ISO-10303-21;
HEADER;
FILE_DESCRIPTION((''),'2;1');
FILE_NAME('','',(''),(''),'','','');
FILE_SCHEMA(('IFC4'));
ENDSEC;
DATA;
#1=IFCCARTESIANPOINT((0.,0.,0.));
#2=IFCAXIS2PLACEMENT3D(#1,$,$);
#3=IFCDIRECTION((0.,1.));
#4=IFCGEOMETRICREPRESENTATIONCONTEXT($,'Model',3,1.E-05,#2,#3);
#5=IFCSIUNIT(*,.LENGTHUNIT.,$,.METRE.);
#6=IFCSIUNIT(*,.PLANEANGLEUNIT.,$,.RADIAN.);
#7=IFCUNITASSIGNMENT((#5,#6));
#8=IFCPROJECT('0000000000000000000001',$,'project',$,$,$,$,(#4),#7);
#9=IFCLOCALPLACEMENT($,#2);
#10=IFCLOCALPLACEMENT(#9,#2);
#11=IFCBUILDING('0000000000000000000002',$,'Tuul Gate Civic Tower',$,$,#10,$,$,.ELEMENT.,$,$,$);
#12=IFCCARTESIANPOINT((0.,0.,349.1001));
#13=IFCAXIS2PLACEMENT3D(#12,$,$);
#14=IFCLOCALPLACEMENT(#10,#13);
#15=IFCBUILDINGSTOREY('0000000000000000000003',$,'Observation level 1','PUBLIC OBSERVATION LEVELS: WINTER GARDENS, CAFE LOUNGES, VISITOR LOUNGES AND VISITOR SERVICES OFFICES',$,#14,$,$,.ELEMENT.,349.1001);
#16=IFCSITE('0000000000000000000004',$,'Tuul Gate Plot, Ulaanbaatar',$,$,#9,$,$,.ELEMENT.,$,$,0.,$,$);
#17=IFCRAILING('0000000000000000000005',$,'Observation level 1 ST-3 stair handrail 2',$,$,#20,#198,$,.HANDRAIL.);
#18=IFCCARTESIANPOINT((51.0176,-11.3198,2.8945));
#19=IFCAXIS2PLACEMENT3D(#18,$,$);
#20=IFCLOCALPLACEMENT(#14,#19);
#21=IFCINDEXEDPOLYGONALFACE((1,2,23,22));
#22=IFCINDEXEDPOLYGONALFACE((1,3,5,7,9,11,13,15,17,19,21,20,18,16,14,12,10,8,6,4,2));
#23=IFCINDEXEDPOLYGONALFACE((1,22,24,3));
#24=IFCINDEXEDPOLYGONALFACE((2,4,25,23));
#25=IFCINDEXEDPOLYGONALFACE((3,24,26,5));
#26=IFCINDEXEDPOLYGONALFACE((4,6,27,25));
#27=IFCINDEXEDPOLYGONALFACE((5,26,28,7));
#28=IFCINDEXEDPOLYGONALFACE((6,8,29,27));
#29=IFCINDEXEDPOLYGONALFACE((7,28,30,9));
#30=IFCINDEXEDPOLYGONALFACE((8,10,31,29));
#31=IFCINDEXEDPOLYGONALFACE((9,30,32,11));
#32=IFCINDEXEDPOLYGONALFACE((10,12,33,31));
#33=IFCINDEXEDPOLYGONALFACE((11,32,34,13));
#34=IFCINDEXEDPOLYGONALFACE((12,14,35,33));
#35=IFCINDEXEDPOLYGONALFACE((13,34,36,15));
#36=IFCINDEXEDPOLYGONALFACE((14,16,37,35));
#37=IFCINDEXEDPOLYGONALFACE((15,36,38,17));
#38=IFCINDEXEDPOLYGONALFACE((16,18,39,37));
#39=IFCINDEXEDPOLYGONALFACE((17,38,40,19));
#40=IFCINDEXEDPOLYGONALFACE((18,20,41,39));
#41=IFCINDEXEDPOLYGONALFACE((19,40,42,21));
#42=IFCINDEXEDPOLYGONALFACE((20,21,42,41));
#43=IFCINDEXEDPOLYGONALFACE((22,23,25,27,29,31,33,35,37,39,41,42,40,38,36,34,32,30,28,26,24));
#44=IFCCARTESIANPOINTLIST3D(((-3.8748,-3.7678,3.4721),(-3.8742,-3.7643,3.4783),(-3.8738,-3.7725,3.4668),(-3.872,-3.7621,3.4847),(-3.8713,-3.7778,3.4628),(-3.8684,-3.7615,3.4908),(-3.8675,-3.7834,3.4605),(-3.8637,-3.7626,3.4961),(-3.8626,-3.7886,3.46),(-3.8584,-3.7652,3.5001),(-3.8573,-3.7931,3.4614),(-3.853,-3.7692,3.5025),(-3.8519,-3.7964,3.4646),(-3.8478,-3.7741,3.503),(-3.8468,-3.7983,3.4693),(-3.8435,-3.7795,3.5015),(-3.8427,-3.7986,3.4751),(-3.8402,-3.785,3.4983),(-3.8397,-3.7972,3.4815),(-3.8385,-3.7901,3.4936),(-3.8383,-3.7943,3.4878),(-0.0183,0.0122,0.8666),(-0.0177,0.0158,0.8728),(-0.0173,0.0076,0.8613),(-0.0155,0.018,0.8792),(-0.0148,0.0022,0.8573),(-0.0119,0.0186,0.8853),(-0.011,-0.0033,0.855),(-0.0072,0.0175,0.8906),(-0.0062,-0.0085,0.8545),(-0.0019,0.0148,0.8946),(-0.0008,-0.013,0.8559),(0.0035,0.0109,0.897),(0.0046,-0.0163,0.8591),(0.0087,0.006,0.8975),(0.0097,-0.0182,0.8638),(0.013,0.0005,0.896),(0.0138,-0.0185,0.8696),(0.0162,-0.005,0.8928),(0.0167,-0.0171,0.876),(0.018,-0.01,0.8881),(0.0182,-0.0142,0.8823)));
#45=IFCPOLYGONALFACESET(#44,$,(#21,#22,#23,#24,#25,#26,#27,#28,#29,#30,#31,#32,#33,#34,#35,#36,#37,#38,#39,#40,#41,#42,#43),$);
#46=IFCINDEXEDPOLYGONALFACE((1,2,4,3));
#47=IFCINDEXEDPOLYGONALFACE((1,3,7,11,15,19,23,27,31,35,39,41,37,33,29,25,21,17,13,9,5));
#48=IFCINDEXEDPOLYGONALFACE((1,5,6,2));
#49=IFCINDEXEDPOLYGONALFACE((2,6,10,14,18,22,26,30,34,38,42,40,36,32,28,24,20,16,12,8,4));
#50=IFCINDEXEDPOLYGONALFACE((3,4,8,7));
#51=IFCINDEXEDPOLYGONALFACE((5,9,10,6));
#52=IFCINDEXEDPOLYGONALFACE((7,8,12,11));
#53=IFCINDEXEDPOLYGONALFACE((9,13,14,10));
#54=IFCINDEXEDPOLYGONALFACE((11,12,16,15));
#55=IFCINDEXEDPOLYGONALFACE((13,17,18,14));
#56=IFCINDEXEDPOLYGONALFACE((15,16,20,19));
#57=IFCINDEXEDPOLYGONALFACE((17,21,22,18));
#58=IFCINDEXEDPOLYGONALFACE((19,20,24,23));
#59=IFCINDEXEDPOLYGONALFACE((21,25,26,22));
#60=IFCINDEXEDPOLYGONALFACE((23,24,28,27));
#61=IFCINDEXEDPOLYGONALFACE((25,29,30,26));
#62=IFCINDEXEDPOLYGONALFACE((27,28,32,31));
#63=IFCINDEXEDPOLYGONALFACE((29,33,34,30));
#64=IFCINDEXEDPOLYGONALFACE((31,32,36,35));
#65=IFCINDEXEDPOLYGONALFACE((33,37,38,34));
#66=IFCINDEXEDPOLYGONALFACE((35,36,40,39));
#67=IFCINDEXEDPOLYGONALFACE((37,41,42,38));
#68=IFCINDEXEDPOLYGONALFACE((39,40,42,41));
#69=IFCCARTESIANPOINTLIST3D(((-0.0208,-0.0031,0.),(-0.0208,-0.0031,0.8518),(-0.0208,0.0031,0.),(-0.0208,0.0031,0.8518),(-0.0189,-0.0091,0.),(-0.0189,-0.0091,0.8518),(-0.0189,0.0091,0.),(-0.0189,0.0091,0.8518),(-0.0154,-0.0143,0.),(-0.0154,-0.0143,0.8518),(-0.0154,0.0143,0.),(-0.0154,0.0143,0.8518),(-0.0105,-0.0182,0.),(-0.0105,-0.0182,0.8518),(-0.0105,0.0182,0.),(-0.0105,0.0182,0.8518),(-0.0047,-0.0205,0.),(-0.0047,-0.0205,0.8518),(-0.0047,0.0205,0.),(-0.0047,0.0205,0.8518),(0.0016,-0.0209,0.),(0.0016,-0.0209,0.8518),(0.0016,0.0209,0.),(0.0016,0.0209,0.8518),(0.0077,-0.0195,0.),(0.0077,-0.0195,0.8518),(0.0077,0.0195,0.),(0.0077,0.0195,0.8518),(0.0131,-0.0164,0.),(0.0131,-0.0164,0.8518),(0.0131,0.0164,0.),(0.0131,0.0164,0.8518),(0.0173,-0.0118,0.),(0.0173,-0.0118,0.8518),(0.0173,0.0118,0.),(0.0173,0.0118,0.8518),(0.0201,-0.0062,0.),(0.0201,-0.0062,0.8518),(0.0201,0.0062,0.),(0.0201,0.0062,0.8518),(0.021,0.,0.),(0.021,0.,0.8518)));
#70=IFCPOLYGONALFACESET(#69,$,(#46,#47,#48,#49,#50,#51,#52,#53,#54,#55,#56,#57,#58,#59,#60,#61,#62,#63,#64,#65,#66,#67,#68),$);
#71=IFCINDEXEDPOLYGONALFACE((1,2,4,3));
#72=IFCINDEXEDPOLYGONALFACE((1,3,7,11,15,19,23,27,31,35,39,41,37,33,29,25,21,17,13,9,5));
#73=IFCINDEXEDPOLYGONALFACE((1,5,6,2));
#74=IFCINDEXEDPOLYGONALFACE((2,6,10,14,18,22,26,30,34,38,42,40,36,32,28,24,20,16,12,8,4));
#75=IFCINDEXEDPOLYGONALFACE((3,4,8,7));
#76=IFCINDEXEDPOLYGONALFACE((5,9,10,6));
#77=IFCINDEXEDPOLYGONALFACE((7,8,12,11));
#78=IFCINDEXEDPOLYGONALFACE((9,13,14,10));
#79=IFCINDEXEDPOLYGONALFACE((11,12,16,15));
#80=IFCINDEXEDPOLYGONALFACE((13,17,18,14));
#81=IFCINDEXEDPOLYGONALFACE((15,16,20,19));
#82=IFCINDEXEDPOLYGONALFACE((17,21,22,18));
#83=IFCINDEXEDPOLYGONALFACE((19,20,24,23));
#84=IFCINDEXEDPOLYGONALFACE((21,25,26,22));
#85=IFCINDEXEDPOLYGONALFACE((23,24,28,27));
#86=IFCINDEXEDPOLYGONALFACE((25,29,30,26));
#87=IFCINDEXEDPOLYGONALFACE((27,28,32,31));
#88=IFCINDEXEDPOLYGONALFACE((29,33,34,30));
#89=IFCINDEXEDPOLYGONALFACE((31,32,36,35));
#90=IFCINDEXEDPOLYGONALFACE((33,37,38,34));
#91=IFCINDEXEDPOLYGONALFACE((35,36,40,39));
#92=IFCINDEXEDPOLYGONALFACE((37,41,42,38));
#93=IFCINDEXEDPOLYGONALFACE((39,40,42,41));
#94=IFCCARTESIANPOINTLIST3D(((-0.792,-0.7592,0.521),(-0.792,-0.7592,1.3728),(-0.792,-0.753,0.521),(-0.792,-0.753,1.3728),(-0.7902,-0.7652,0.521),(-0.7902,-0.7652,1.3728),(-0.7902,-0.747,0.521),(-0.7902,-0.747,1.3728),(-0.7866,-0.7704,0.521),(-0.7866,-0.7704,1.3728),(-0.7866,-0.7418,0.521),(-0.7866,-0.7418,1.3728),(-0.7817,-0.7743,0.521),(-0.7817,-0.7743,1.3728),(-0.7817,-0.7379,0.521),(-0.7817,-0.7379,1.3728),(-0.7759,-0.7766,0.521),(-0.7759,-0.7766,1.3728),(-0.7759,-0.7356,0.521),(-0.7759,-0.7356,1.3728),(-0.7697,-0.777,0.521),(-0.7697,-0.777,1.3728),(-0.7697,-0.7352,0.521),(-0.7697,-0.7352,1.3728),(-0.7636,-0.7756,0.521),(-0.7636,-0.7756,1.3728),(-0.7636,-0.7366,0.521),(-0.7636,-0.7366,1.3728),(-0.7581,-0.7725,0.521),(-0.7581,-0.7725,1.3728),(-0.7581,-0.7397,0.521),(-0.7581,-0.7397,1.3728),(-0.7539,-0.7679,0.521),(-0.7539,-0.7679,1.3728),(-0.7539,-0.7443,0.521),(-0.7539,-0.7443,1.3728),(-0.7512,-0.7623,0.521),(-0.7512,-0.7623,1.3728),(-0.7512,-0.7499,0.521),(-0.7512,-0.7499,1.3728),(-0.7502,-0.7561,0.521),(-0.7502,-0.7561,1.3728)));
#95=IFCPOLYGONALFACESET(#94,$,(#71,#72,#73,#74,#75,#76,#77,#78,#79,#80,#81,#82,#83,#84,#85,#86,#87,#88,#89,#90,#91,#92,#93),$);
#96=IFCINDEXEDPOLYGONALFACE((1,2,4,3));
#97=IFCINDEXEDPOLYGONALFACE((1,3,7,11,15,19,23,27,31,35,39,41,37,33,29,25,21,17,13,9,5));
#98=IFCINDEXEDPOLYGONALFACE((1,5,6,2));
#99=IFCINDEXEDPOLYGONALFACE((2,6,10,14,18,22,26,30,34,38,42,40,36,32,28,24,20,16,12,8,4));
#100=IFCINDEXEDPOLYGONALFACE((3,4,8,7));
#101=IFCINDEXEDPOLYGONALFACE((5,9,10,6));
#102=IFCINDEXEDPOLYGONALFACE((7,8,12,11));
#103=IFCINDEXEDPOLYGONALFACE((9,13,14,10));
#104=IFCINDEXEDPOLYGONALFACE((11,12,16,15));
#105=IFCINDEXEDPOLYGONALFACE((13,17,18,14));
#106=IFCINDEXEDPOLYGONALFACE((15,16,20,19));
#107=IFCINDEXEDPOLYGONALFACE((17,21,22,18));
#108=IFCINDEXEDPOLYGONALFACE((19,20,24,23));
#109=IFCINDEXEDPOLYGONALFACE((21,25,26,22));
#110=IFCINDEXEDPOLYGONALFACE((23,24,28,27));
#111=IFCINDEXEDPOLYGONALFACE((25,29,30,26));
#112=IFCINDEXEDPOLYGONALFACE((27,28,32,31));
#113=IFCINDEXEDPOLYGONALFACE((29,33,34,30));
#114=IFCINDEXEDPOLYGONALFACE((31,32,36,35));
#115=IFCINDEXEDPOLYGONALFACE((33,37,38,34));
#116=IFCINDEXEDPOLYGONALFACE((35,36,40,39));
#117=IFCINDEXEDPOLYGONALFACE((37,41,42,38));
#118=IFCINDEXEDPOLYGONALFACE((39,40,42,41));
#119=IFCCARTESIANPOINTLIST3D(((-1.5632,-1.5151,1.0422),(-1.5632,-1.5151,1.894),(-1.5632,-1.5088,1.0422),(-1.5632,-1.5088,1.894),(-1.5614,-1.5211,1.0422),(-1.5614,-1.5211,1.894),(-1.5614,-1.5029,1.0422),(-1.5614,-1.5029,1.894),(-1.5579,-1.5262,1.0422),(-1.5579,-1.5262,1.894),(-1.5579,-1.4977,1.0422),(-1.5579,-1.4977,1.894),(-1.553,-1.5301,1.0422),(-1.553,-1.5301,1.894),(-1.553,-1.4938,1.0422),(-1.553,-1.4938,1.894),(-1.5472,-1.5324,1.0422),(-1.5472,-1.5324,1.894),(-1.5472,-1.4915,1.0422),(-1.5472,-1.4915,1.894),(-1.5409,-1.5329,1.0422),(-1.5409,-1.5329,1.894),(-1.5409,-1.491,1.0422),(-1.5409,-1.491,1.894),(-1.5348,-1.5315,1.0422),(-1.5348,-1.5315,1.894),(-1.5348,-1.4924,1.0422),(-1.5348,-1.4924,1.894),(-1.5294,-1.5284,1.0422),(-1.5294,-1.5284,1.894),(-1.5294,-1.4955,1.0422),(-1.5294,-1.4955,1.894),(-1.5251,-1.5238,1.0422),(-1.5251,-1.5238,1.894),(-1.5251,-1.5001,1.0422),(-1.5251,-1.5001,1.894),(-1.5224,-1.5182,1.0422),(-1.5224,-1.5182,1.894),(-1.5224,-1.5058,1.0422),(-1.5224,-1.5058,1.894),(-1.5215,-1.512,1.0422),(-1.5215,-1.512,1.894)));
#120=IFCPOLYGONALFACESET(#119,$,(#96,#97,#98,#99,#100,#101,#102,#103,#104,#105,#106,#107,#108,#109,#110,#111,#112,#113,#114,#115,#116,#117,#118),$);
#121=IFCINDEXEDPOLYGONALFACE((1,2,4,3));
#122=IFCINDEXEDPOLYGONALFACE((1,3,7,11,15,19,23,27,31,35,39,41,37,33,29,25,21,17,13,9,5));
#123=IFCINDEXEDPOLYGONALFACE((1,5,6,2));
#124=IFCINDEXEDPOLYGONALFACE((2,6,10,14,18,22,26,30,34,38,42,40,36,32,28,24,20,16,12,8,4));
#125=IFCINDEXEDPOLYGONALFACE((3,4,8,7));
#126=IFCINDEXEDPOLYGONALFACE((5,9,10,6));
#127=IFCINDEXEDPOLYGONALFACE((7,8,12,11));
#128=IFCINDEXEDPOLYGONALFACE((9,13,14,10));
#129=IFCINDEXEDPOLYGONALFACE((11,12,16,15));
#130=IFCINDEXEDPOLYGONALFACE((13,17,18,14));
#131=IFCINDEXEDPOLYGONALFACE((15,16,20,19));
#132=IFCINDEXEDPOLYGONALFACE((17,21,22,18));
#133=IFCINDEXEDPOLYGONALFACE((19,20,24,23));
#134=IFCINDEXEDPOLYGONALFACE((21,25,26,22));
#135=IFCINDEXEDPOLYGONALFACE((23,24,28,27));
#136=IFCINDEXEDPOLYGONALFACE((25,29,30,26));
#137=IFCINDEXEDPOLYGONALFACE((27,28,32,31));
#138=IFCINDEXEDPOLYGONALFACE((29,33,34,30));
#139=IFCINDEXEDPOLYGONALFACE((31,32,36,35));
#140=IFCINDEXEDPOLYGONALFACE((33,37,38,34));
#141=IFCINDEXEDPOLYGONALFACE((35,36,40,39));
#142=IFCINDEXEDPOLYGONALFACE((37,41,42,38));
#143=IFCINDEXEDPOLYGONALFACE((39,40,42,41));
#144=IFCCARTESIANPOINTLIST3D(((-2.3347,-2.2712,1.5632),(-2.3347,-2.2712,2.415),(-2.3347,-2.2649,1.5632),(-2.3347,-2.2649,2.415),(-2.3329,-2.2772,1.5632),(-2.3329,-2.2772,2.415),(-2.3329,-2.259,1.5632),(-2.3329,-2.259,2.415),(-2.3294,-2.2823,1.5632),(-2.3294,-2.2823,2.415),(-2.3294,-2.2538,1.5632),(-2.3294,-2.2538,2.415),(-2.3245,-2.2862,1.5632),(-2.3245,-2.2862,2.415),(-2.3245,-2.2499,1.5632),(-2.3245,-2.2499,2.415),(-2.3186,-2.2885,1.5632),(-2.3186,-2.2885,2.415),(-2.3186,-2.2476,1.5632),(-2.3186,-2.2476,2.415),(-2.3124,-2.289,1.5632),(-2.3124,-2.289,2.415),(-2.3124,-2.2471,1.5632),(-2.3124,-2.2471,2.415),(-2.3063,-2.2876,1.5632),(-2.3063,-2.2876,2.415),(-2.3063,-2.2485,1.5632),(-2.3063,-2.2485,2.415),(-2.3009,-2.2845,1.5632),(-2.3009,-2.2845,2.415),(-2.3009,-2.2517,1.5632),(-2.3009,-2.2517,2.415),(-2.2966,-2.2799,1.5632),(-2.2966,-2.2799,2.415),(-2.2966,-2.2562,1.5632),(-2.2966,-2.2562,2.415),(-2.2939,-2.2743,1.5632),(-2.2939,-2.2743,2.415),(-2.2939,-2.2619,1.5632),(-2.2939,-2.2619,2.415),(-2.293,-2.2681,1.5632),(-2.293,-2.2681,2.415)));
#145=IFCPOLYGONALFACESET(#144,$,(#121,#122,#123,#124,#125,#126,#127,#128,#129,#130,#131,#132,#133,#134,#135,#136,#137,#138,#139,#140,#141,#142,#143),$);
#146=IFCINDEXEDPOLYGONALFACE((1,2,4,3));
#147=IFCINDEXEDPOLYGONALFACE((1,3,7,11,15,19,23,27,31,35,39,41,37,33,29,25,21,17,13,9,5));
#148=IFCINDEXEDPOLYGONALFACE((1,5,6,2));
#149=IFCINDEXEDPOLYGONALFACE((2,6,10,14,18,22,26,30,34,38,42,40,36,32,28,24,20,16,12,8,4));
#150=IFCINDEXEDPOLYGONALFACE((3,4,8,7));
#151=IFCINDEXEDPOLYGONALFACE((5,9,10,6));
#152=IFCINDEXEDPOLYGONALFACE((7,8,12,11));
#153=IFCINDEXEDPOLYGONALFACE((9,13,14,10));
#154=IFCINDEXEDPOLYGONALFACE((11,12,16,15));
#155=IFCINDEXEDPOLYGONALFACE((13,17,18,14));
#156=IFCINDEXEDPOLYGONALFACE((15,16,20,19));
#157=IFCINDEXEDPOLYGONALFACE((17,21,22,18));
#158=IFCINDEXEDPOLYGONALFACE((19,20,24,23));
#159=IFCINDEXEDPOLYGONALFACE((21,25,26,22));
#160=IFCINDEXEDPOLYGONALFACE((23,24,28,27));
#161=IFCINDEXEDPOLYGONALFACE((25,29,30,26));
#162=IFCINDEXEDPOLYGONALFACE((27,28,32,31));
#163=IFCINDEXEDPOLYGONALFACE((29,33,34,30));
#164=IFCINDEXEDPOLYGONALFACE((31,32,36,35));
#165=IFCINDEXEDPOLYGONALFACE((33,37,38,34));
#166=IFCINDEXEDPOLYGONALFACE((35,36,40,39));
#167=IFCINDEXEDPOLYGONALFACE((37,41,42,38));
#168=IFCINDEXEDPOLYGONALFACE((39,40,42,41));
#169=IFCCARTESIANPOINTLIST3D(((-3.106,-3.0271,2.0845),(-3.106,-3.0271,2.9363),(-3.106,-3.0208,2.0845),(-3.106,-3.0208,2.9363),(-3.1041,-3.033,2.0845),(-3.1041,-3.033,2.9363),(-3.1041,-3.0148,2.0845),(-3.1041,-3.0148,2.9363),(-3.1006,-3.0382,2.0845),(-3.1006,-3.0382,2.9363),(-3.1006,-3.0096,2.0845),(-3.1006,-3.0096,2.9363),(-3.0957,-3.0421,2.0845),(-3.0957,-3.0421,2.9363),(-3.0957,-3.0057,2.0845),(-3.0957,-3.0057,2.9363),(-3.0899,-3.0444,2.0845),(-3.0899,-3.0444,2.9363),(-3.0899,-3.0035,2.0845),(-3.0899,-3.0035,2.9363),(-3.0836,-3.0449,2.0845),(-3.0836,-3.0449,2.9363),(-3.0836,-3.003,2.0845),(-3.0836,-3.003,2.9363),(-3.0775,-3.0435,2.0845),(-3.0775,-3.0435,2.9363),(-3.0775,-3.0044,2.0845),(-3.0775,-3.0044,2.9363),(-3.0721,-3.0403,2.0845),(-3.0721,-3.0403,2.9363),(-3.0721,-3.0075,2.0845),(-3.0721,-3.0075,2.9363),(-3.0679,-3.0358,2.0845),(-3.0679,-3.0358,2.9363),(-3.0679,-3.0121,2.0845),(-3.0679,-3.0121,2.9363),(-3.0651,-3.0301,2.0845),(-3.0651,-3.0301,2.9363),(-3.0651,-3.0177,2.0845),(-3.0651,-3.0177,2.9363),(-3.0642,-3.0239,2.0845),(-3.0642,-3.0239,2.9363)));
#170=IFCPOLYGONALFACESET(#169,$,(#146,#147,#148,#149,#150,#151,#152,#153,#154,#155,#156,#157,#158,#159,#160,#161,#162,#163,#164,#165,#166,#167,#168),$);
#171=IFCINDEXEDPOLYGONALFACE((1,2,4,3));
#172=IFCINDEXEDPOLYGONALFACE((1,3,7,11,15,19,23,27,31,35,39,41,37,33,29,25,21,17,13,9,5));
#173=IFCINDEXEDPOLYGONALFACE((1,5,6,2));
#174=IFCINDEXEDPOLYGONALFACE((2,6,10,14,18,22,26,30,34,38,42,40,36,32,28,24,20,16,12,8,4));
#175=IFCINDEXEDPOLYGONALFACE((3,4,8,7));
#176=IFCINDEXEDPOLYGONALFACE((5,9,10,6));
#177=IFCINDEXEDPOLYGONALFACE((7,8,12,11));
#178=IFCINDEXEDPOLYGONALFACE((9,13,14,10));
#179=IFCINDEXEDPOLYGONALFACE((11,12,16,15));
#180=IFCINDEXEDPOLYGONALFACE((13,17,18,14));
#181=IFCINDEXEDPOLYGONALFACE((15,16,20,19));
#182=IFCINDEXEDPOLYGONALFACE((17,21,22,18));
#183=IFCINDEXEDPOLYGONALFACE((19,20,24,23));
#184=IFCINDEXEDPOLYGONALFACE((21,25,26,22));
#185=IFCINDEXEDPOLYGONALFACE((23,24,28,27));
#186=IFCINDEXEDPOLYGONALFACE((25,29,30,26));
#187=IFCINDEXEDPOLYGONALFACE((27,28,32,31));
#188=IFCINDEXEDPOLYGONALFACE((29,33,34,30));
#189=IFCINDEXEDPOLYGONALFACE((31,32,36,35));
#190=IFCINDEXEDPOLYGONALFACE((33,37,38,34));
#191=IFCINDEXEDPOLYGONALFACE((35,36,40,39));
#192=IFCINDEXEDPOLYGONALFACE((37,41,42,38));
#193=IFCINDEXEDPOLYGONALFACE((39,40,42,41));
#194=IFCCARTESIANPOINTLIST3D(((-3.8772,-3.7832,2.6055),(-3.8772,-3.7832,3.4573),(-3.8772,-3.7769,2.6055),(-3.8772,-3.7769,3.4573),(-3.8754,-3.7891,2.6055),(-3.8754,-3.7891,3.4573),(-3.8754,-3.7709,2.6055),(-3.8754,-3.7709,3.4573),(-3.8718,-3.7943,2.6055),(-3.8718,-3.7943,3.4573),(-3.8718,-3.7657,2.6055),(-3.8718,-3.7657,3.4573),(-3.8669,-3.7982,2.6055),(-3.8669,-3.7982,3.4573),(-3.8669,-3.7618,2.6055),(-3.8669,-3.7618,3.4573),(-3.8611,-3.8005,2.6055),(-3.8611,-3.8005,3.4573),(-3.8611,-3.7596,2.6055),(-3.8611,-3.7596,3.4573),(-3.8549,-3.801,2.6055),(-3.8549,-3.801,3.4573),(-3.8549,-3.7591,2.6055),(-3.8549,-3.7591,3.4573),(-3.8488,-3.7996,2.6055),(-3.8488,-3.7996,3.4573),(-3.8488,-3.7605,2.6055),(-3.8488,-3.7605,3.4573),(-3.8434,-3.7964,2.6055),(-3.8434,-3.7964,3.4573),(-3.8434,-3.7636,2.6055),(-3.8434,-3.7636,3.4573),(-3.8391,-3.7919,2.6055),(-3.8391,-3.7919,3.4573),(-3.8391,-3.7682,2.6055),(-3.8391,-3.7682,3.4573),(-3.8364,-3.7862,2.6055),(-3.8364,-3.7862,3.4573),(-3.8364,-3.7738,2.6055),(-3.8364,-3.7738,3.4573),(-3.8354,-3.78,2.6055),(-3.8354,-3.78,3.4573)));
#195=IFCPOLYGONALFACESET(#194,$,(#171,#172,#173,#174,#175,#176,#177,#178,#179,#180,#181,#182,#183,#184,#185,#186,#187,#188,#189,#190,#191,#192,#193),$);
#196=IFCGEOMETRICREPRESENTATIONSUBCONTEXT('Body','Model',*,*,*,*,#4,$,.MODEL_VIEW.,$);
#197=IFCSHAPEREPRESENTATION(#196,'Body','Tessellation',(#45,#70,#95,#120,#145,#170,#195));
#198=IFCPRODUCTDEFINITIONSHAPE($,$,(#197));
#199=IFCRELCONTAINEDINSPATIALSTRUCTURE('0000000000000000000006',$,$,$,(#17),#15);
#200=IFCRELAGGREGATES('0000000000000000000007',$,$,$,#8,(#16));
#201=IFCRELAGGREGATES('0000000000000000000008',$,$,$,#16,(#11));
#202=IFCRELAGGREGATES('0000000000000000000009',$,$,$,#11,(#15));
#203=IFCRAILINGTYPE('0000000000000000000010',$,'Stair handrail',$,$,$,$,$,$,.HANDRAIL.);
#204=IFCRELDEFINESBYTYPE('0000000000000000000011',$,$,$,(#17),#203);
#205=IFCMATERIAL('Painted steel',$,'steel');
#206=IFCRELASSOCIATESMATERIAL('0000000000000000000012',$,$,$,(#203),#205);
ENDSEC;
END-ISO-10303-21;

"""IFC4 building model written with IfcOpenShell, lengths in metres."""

from ifc_helpers import new_model, si_unit, direction, frame, origin, origin_2d, place, context, subcontext, project, spatial, circle, extrude, material, type_object, element, save


model = new_model("IFC4")

# Units and contexts
model_context = context("Model", 3, precision=1e-05, world=origin(), true_north=direction((0.0, 1.0)))
body_context = subcontext(model_context, "Body", "Model", "MODEL_VIEW")
ifc_project = project(units=[si_unit("LENGTHUNIT", "METRE"), si_unit("PLANEANGLEUNIT", "RADIAN")], contexts=[model_context])

# Site, building, storey
site_placement = place(None, origin())
site = spatial("IfcSite", under=ifc_project, at=site_placement, Name="Tuul Gate Plot, Ulaanbaatar", CompositionType="ELEMENT", RefElevation=0.0)
building_placement = place(site_placement, origin())
building = spatial("IfcBuilding", under=site, at=building_placement, Name="Tuul Gate Civic Tower", CompositionType="ELEMENT")
storey_placement = place(building_placement, frame((0.0, 0.0, 349.1001)))
storey = spatial("IfcBuildingStorey", under=building, at=storey_placement, Name="Observation level 1", Description="PUBLIC OBSERVATION LEVELS: WINTER GARDENS, CAFE LOUNGES, VISITOR LOUNGES AND VISITOR SERVICES OFFICES", CompositionType="ELEMENT", Elevation=349.1001)

# Railing
ifc_material_1 = material(Name="Painted steel", Category="steel")
railing_type = type_object("IfcRailingType", Name="Stair handrail", PredefinedType="HANDRAIL", material=ifc_material_1)
railing_placement = place(storey_placement, frame((51.0176, -11.3198, 2.8945)))
element("IfcRailing", 1, at=railing_placement, inside=storey, type_object=railing_type, Name="Observation level 1 ST-3 stair handrail 2", PredefinedType="HANDRAIL", context=body_context, shape_type="SweptSolid", body=[
    extrude(circle(Radius=0.0239, at=origin_2d()), frame((0.0, 0.0, 0.876), z_axis=(-0.643194, -0.630449, 0.434551), x_axis=(0.699996, -0.714147, 0.0)), (0.0, 0.0, 1.0), 5.9958),
    extrude(circle(Radius=0.021, at=origin_2d()), origin(), (0.0, 0.0, 1.0), 0.8518),
    extrude(circle(Radius=0.021, at=origin_2d()), frame((-0.7712, -0.7561, 0.521)), (0.0, 0.0, 1.0), 0.8518),
    extrude(circle(Radius=0.021, at=origin_2d()), frame((-1.5425, -1.512, 1.0422)), (0.0, 0.0, 1.0), 0.8518),
    extrude(circle(Radius=0.021, at=origin_2d()), frame((-2.314, -2.2681, 1.5632)), (0.0, 0.0, 1.0), 0.8518),
    extrude(circle(Radius=0.021, at=origin_2d()), frame((-3.0852, -3.0239, 2.0845)), (0.0, 0.0, 1.0), 0.8518),
    extrude(circle(Radius=0.021, at=origin_2d()), frame((-3.8564, -3.78, 2.6055)), (0.0, 0.0, 1.0), 0.8518),
])

save(model, "model.ifc")
